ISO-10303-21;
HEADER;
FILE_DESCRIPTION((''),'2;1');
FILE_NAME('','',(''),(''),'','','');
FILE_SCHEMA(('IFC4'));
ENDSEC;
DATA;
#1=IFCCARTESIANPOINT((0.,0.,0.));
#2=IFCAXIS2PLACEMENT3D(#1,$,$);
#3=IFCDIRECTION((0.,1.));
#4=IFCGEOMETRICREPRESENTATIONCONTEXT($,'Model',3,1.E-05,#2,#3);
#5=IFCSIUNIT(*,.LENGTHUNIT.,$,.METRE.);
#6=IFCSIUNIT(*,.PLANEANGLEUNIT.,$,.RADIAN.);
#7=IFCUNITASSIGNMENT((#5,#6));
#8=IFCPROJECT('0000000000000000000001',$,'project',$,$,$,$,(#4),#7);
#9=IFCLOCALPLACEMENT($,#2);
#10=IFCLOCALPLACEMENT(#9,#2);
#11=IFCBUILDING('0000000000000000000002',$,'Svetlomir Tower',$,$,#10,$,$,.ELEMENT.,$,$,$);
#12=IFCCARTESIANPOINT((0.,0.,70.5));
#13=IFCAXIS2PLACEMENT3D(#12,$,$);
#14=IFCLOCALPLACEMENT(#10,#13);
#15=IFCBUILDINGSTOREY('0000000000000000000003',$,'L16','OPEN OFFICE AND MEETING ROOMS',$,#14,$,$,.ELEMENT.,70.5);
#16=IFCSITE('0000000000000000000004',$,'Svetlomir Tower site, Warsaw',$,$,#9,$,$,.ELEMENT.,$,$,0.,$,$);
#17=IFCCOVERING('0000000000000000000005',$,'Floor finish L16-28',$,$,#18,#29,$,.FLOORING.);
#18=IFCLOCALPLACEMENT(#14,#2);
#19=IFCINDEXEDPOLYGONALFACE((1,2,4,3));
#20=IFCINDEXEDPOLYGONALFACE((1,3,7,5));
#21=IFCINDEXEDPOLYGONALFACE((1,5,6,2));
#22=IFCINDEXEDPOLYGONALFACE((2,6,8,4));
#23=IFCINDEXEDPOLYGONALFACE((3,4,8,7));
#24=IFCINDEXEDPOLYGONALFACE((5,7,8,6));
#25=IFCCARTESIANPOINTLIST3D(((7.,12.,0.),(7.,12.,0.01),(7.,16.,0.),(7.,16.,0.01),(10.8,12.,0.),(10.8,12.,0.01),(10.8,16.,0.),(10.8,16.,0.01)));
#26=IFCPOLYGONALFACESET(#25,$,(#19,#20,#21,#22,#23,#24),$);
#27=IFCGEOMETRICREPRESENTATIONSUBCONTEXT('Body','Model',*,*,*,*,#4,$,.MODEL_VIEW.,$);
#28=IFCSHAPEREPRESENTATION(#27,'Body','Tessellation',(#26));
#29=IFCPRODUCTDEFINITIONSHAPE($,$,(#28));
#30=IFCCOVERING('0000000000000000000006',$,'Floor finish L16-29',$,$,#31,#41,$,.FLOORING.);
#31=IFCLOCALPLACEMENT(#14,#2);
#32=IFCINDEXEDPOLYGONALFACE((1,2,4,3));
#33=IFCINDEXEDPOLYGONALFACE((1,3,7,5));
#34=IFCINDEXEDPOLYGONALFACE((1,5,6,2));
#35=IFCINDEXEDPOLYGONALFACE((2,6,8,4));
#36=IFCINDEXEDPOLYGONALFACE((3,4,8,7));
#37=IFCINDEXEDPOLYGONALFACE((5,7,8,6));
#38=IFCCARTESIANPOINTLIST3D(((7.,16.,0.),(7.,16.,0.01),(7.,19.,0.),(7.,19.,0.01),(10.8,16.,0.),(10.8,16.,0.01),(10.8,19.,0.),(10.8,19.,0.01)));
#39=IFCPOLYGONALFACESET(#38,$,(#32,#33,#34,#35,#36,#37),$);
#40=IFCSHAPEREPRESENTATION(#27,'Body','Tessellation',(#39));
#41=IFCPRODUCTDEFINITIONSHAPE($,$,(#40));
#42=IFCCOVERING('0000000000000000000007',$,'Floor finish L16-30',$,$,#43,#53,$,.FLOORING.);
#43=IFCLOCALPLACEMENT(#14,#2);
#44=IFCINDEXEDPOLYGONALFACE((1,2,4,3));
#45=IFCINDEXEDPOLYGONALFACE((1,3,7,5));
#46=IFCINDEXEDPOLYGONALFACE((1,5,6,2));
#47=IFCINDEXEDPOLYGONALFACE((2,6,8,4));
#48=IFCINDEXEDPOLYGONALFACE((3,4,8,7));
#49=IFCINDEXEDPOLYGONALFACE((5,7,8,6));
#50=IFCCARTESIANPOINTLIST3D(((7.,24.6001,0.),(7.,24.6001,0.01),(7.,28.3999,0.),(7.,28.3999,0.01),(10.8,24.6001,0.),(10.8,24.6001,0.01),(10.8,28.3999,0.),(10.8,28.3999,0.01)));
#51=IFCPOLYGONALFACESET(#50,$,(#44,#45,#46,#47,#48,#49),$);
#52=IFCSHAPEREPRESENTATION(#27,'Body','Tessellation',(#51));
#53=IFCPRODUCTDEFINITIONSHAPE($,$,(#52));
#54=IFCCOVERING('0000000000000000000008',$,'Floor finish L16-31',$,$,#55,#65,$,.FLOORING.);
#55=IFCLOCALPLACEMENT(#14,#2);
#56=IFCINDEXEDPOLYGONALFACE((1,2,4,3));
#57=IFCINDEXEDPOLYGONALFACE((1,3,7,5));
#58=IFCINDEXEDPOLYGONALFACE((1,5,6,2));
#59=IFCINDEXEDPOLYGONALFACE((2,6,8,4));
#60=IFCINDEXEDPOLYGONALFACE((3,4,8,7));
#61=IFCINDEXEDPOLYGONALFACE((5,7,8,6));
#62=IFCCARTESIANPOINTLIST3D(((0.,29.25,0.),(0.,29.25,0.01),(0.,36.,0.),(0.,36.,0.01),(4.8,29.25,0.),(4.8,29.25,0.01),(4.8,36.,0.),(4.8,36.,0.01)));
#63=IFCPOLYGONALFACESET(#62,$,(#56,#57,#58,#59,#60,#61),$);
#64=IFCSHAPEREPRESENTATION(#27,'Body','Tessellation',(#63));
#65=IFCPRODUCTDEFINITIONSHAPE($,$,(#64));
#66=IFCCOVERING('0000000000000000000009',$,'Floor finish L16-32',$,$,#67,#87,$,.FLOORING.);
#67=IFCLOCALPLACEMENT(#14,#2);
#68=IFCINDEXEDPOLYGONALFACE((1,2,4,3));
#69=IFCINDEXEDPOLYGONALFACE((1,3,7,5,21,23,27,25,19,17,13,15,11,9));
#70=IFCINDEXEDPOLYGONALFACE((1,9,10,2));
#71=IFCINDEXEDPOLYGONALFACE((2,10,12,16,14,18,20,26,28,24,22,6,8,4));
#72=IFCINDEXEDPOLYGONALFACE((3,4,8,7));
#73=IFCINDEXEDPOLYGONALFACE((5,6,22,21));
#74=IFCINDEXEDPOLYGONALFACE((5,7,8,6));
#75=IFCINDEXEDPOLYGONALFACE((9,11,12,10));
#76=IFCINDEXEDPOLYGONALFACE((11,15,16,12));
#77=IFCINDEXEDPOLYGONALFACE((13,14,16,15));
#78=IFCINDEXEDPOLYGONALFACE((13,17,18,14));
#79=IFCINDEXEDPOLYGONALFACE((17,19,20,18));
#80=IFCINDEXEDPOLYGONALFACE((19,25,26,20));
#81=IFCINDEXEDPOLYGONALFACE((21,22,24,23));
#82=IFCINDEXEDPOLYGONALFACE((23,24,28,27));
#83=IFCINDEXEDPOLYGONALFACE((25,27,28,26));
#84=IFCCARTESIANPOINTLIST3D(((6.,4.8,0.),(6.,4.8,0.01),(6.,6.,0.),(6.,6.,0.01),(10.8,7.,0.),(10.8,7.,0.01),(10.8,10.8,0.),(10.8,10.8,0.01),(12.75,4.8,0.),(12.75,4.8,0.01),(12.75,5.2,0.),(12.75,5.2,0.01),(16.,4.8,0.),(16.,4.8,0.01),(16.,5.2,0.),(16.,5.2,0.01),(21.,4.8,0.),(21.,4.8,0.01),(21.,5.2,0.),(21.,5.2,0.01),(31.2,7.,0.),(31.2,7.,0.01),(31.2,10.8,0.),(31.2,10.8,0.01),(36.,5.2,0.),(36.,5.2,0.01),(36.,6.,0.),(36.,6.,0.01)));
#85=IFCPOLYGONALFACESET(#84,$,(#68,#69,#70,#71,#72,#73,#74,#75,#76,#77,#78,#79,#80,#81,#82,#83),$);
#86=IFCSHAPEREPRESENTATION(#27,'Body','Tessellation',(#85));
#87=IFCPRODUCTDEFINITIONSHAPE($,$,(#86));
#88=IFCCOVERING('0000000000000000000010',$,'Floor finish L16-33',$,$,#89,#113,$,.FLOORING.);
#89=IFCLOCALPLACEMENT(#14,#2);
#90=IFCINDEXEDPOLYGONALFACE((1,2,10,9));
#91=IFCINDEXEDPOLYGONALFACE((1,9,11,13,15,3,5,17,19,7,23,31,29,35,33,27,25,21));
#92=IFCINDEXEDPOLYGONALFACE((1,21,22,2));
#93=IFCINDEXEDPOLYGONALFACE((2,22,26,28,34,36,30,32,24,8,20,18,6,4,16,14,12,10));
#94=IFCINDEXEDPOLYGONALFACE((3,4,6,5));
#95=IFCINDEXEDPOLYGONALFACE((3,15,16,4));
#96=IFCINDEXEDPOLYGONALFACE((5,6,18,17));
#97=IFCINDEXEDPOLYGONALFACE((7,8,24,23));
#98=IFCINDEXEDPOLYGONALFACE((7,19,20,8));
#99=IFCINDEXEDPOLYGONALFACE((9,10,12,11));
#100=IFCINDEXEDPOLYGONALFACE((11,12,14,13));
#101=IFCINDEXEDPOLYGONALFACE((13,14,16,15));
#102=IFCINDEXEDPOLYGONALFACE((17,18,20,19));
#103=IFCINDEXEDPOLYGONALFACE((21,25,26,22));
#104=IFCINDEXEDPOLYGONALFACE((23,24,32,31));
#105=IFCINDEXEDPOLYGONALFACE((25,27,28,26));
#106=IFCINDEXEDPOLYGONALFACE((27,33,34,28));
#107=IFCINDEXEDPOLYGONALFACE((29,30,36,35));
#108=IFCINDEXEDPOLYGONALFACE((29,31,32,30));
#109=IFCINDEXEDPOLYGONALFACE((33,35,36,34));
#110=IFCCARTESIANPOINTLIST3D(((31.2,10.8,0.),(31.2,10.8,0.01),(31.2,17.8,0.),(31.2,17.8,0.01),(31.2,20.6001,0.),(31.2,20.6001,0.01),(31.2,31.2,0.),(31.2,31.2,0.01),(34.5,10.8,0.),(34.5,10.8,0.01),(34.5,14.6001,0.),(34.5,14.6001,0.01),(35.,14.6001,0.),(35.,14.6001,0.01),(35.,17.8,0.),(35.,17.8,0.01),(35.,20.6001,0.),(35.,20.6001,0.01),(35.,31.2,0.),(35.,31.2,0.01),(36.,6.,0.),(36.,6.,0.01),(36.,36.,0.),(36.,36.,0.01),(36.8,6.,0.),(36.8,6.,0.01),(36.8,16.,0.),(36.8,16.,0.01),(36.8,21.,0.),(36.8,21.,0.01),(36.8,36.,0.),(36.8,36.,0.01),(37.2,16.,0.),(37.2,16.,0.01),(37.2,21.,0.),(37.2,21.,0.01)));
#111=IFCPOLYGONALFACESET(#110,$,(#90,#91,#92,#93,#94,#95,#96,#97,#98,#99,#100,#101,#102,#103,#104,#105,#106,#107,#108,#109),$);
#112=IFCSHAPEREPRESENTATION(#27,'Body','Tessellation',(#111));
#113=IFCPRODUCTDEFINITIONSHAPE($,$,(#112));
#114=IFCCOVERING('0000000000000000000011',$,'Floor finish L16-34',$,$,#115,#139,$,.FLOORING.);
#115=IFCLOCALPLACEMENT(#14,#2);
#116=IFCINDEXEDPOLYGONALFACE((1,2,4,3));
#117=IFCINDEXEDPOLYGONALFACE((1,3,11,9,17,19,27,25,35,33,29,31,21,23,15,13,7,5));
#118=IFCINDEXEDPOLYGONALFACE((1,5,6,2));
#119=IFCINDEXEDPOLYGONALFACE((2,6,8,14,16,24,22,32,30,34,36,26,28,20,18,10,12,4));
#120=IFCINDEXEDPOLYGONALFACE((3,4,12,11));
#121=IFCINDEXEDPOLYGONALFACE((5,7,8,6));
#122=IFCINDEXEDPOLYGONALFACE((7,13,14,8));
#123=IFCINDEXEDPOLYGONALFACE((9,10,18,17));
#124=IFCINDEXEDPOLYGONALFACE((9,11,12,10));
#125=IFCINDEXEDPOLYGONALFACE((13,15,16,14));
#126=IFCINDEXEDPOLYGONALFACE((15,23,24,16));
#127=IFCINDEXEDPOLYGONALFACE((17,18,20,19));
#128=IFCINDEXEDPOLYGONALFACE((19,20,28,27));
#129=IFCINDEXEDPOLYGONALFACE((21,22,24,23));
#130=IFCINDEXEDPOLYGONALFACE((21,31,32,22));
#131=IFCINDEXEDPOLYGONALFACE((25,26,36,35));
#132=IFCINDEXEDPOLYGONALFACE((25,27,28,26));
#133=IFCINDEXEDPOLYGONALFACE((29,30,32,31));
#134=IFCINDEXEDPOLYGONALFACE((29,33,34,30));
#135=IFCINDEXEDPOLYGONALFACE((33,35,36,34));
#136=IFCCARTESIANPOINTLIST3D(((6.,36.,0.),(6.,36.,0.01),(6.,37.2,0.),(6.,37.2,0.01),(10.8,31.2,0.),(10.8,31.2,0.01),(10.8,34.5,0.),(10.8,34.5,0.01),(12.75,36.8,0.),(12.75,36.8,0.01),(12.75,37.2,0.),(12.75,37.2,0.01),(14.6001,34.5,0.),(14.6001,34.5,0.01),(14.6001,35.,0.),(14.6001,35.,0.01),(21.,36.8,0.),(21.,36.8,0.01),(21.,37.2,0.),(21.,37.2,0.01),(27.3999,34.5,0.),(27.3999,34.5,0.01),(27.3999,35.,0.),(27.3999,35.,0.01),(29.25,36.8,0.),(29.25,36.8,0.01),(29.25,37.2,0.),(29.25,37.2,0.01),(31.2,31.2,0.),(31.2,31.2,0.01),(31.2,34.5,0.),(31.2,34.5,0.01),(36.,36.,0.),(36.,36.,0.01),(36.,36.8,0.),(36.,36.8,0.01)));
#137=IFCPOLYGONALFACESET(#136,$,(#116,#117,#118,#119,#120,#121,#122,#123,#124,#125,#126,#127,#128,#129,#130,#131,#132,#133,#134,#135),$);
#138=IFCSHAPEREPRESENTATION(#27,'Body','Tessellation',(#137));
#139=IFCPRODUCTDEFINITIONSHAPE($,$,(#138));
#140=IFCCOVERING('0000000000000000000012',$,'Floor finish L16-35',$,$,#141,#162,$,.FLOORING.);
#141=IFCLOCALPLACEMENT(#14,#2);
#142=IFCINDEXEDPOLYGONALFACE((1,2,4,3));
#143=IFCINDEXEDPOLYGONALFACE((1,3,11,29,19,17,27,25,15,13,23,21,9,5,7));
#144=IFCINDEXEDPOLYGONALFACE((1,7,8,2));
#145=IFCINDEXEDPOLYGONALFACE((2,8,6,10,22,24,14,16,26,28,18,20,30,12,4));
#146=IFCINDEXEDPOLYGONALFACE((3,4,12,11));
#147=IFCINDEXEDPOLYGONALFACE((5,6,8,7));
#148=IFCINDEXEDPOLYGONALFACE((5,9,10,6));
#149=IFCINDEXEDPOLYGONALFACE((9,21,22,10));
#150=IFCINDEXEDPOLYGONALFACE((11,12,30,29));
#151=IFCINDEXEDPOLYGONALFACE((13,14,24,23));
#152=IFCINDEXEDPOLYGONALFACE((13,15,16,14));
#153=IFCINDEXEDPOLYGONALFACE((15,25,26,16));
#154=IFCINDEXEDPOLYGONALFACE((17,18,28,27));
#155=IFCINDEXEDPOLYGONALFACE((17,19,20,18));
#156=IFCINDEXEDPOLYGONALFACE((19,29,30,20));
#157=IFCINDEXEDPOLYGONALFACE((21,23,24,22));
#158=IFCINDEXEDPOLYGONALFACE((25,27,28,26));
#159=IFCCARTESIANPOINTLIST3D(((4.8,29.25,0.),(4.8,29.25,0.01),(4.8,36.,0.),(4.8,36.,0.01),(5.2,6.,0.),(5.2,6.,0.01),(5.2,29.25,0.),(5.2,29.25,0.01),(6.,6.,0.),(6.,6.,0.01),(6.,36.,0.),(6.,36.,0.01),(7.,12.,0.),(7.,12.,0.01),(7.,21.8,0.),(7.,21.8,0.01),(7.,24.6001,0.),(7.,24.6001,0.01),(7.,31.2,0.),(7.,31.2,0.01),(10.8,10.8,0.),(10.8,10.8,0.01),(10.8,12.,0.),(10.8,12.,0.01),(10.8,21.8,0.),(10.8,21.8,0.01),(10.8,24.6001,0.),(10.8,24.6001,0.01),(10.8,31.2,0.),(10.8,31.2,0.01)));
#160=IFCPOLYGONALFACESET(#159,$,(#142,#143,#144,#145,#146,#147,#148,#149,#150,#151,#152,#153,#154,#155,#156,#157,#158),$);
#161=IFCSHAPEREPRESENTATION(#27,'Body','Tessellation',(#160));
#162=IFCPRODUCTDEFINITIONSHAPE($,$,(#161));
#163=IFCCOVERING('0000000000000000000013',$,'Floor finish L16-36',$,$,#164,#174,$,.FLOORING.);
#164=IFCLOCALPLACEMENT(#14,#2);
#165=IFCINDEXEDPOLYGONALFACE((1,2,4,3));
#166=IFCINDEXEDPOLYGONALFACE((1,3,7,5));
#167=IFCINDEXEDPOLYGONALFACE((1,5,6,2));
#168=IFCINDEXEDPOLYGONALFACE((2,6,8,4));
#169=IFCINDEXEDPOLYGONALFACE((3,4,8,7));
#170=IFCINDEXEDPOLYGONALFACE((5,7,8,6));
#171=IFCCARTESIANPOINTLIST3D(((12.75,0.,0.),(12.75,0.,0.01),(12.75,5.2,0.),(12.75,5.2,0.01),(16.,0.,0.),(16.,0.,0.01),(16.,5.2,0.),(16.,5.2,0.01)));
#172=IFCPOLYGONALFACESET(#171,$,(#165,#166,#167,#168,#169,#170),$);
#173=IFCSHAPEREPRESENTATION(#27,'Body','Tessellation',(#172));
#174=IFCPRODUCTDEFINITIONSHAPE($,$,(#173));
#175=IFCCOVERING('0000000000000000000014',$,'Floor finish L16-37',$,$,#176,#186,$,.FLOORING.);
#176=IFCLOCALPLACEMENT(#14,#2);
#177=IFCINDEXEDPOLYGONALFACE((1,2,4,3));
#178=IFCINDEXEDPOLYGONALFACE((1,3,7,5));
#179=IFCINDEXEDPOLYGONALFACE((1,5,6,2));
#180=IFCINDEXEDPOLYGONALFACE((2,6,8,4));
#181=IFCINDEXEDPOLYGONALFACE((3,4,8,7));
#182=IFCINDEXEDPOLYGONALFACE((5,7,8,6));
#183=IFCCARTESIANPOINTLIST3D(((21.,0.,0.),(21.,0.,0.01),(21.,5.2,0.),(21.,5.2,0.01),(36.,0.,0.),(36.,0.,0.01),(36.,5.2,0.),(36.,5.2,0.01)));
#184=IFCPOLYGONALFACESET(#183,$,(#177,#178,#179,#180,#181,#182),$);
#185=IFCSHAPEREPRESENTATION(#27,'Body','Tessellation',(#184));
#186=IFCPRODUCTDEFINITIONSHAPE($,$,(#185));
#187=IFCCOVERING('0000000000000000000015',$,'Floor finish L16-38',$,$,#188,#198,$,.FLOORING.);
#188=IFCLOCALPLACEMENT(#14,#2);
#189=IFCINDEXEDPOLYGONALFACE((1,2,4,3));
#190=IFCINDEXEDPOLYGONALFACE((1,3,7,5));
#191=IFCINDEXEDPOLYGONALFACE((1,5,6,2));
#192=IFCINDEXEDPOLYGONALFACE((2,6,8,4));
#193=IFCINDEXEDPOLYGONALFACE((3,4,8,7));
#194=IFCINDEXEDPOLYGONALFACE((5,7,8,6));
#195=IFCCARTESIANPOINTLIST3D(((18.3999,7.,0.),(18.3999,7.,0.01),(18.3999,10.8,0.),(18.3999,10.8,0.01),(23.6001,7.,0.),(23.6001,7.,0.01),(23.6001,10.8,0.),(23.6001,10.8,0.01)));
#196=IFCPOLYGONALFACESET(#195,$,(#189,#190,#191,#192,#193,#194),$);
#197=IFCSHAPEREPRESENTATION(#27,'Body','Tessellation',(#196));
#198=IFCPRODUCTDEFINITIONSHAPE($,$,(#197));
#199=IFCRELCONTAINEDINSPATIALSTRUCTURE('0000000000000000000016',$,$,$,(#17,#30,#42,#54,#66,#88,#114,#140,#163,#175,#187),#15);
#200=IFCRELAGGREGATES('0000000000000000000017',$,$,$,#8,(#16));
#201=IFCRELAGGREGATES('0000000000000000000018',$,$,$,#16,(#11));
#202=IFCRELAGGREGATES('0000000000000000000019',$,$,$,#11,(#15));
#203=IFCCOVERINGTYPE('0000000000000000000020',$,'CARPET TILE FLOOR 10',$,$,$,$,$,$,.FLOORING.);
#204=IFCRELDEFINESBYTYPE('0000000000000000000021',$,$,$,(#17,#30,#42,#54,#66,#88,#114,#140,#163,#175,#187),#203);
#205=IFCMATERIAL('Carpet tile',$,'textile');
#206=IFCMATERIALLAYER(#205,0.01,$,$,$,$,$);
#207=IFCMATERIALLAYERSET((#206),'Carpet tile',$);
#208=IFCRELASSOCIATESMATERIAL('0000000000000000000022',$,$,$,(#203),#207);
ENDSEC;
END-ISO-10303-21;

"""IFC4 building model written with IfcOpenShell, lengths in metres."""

from ifc_helpers import new_model, si_unit, direction, frame, origin, place, context, subcontext, project, spatial, polyline, outline, extrude, material, layer, layer_set, type_object, element, save


model = new_model("IFC4")

# Units and contexts
model_context = context("Model", 3, precision=1e-05, world=origin(), true_north=direction((0.0, 1.0)))
body_context = subcontext(model_context, "Body", "Model", "MODEL_VIEW")
ifc_project = project(units=[si_unit("LENGTHUNIT", "METRE"), si_unit("PLANEANGLEUNIT", "RADIAN")], contexts=[model_context])

# Site, building, storey
site_placement = place(None, origin())
site = spatial("IfcSite", under=ifc_project, at=site_placement, Name="Svetlomir Tower site, Warsaw", CompositionType="ELEMENT", RefElevation=0.0)
building_placement = place(site_placement, origin())
building = spatial("IfcBuilding", under=site, at=building_placement, Name="Svetlomir Tower", CompositionType="ELEMENT")
storey_placement = place(building_placement, frame((0.0, 0.0, 70.5)))
storey = spatial("IfcBuildingStorey", under=building, at=storey_placement, Name="L16", Description="OPEN OFFICE AND MEETING ROOMS", CompositionType="ELEMENT", Elevation=70.5)

# Coverings
ifc_material_1 = material(Name="Carpet tile", Category="textile")
ifc_layer_1 = layer(ifc_material_1, 0.01)
ifc_layer_set_1 = layer_set([ifc_layer_1], Name="Carpet tile")
covering_type_1 = type_object("IfcCoveringType", Name="CARPET TILE FLOOR 10", PredefinedType="FLOORING", material=ifc_layer_set_1)
covering_1_placement = place(storey_placement, origin())
element("IfcCovering", 1, at=covering_1_placement, inside=storey, type_object=covering_type_1, Name="Floor finish L16-28", PredefinedType="FLOORING", context=body_context, shape_type="SweptSolid", body=[
    extrude(outline(polyline([(7.0, 12.0), (10.8, 12.0), (10.8, 16.0), (7.0, 16.0), (7.0, 12.0)])), origin(), (0.0, 0.0, 1.0), 0.01),
])
covering_2_placement = place(storey_placement, origin())
element("IfcCovering", 2, at=covering_2_placement, inside=storey, type_object=covering_type_1, Name="Floor finish L16-29", PredefinedType="FLOORING", context=body_context, shape_type="SweptSolid", body=[
    extrude(outline(polyline([(7.0, 16.0), (10.8, 16.0), (10.8, 19.0), (7.0, 19.0), (7.0, 16.0)])), origin(), (0.0, 0.0, 1.0), 0.01),
])
covering_3_placement = place(storey_placement, origin())
element("IfcCovering", 3, at=covering_3_placement, inside=storey, type_object=covering_type_1, Name="Floor finish L16-30", PredefinedType="FLOORING", context=body_context, shape_type="SweptSolid", body=[
    extrude(outline(polyline([(7.0, 24.6001), (10.8, 24.6001), (10.8, 28.3999), (7.0, 28.3999), (7.0, 24.6001)])), origin(), (0.0, 0.0, 1.0), 0.01),
])
covering_4_placement = place(storey_placement, origin())
element("IfcCovering", 4, at=covering_4_placement, inside=storey, type_object=covering_type_1, Name="Floor finish L16-31", PredefinedType="FLOORING", context=body_context, shape_type="SweptSolid", body=[
    extrude(outline(polyline([(0.0, 29.25), (4.8, 29.25), (4.8, 36.0), (0.0, 36.0), (0.0, 29.25)])), origin(), (0.0, 0.0, 1.0), 0.01),
])
covering_5_placement = place(storey_placement, origin())
element("IfcCovering", 5, at=covering_5_placement, inside=storey, type_object=covering_type_1, Name="Floor finish L16-32", PredefinedType="FLOORING", context=body_context, shape_type="SweptSolid", body=[
    extrude(outline(polyline([(6.0, 4.8), (6.0, 6.0), (10.8, 10.8), (10.8, 7.0), (31.2, 7.0), (31.2, 10.8), (36.0, 6.0), (36.0, 5.2), (21.0, 5.2), (21.0, 4.8), (16.0, 4.8), (16.0, 5.2), (12.75, 5.2), (12.75, 4.8), (6.0, 4.8)])), origin(), (0.0, 0.0, 1.0), 0.01),
])
covering_6_placement = place(storey_placement, origin())
element("IfcCovering", 6, at=covering_6_placement, inside=storey, type_object=covering_type_1, Name="Floor finish L16-33", PredefinedType="FLOORING", context=body_context, shape_type="SweptSolid", body=[
    extrude(outline(polyline([(31.2, 20.6001), (35.0, 20.6001), (35.0, 31.2), (31.2, 31.2), (36.0, 36.0), (36.8, 36.0), (36.8, 21.0), (37.2, 21.0), (37.2, 16.0), (36.8, 16.0), (36.8, 6.0), (36.0, 6.0), (31.2, 10.8), (34.5, 10.8), (34.5, 14.6001), (35.0, 14.6001), (35.0, 17.8), (31.2, 17.8), (31.2, 20.6001)])), origin(), (0.0, 0.0, 1.0), 0.01),
])
covering_7_placement = place(storey_placement, origin())
element("IfcCovering", 7, at=covering_7_placement, inside=storey, type_object=covering_type_1, Name="Floor finish L16-34", PredefinedType="FLOORING", context=body_context, shape_type="SweptSolid", body=[
    extrude(outline(polyline([(6.0, 37.2), (12.75, 37.2), (12.75, 36.8), (21.0, 36.8), (21.0, 37.2), (29.25, 37.2), (29.25, 36.8), (36.0, 36.8), (36.0, 36.0), (31.2, 31.2), (31.2, 34.5), (27.3999, 34.5), (27.3999, 35.0), (14.6001, 35.0), (14.6001, 34.5), (10.8, 34.5), (10.8, 31.2), (6.0, 36.0), (6.0, 37.2)])), origin(), (0.0, 0.0, 1.0), 0.01),
])
covering_8_placement = place(storey_placement, origin())
element("IfcCovering", 8, at=covering_8_placement, inside=storey, type_object=covering_type_1, Name="Floor finish L16-35", PredefinedType="FLOORING", context=body_context, shape_type="SweptSolid", body=[
    extrude(outline(polyline([(5.2, 6.0), (5.2, 29.25), (4.8, 29.25), (4.8, 36.0), (6.0, 36.0), (10.8, 31.2), (7.0, 31.2), (7.0, 24.6001), (10.8, 24.6001), (10.8, 21.8), (7.0, 21.8), (7.0, 12.0), (10.8, 12.0), (10.8, 10.8), (6.0, 6.0), (5.2, 6.0)])), origin(), (0.0, 0.0, 1.0), 0.01),
])
covering_9_placement = place(storey_placement, origin())
element("IfcCovering", 9, at=covering_9_placement, inside=storey, type_object=covering_type_1, Name="Floor finish L16-36", PredefinedType="FLOORING", context=body_context, shape_type="SweptSolid", body=[
    extrude(outline(polyline([(12.75, 5.2), (16.0, 5.2), (16.0, 0.0), (12.75, 0.0), (12.75, 5.2)])), origin(), (0.0, 0.0, 1.0), 0.01),
])
covering_10_placement = place(storey_placement, origin())
element("IfcCovering", 10, at=covering_10_placement, inside=storey, type_object=covering_type_1, Name="Floor finish L16-37", PredefinedType="FLOORING", context=body_context, shape_type="SweptSolid", body=[
    extrude(outline(polyline([(21.0, 0.0), (21.0, 5.2), (36.0, 5.2), (36.0, 0.0), (21.0, 0.0)])), origin(), (0.0, 0.0, 1.0), 0.01),
])
covering_11_placement = place(storey_placement, origin())
element("IfcCovering", 11, at=covering_11_placement, inside=storey, type_object=covering_type_1, Name="Floor finish L16-38", PredefinedType="FLOORING", context=body_context, shape_type="SweptSolid", body=[
    extrude(outline(polyline([(23.6001, 7.0), (18.3999, 7.0), (18.3999, 10.8), (23.6001, 10.8), (23.6001, 7.0)])), origin(), (0.0, 0.0, 1.0), 0.01),
])

save(model, "model.ifc")
